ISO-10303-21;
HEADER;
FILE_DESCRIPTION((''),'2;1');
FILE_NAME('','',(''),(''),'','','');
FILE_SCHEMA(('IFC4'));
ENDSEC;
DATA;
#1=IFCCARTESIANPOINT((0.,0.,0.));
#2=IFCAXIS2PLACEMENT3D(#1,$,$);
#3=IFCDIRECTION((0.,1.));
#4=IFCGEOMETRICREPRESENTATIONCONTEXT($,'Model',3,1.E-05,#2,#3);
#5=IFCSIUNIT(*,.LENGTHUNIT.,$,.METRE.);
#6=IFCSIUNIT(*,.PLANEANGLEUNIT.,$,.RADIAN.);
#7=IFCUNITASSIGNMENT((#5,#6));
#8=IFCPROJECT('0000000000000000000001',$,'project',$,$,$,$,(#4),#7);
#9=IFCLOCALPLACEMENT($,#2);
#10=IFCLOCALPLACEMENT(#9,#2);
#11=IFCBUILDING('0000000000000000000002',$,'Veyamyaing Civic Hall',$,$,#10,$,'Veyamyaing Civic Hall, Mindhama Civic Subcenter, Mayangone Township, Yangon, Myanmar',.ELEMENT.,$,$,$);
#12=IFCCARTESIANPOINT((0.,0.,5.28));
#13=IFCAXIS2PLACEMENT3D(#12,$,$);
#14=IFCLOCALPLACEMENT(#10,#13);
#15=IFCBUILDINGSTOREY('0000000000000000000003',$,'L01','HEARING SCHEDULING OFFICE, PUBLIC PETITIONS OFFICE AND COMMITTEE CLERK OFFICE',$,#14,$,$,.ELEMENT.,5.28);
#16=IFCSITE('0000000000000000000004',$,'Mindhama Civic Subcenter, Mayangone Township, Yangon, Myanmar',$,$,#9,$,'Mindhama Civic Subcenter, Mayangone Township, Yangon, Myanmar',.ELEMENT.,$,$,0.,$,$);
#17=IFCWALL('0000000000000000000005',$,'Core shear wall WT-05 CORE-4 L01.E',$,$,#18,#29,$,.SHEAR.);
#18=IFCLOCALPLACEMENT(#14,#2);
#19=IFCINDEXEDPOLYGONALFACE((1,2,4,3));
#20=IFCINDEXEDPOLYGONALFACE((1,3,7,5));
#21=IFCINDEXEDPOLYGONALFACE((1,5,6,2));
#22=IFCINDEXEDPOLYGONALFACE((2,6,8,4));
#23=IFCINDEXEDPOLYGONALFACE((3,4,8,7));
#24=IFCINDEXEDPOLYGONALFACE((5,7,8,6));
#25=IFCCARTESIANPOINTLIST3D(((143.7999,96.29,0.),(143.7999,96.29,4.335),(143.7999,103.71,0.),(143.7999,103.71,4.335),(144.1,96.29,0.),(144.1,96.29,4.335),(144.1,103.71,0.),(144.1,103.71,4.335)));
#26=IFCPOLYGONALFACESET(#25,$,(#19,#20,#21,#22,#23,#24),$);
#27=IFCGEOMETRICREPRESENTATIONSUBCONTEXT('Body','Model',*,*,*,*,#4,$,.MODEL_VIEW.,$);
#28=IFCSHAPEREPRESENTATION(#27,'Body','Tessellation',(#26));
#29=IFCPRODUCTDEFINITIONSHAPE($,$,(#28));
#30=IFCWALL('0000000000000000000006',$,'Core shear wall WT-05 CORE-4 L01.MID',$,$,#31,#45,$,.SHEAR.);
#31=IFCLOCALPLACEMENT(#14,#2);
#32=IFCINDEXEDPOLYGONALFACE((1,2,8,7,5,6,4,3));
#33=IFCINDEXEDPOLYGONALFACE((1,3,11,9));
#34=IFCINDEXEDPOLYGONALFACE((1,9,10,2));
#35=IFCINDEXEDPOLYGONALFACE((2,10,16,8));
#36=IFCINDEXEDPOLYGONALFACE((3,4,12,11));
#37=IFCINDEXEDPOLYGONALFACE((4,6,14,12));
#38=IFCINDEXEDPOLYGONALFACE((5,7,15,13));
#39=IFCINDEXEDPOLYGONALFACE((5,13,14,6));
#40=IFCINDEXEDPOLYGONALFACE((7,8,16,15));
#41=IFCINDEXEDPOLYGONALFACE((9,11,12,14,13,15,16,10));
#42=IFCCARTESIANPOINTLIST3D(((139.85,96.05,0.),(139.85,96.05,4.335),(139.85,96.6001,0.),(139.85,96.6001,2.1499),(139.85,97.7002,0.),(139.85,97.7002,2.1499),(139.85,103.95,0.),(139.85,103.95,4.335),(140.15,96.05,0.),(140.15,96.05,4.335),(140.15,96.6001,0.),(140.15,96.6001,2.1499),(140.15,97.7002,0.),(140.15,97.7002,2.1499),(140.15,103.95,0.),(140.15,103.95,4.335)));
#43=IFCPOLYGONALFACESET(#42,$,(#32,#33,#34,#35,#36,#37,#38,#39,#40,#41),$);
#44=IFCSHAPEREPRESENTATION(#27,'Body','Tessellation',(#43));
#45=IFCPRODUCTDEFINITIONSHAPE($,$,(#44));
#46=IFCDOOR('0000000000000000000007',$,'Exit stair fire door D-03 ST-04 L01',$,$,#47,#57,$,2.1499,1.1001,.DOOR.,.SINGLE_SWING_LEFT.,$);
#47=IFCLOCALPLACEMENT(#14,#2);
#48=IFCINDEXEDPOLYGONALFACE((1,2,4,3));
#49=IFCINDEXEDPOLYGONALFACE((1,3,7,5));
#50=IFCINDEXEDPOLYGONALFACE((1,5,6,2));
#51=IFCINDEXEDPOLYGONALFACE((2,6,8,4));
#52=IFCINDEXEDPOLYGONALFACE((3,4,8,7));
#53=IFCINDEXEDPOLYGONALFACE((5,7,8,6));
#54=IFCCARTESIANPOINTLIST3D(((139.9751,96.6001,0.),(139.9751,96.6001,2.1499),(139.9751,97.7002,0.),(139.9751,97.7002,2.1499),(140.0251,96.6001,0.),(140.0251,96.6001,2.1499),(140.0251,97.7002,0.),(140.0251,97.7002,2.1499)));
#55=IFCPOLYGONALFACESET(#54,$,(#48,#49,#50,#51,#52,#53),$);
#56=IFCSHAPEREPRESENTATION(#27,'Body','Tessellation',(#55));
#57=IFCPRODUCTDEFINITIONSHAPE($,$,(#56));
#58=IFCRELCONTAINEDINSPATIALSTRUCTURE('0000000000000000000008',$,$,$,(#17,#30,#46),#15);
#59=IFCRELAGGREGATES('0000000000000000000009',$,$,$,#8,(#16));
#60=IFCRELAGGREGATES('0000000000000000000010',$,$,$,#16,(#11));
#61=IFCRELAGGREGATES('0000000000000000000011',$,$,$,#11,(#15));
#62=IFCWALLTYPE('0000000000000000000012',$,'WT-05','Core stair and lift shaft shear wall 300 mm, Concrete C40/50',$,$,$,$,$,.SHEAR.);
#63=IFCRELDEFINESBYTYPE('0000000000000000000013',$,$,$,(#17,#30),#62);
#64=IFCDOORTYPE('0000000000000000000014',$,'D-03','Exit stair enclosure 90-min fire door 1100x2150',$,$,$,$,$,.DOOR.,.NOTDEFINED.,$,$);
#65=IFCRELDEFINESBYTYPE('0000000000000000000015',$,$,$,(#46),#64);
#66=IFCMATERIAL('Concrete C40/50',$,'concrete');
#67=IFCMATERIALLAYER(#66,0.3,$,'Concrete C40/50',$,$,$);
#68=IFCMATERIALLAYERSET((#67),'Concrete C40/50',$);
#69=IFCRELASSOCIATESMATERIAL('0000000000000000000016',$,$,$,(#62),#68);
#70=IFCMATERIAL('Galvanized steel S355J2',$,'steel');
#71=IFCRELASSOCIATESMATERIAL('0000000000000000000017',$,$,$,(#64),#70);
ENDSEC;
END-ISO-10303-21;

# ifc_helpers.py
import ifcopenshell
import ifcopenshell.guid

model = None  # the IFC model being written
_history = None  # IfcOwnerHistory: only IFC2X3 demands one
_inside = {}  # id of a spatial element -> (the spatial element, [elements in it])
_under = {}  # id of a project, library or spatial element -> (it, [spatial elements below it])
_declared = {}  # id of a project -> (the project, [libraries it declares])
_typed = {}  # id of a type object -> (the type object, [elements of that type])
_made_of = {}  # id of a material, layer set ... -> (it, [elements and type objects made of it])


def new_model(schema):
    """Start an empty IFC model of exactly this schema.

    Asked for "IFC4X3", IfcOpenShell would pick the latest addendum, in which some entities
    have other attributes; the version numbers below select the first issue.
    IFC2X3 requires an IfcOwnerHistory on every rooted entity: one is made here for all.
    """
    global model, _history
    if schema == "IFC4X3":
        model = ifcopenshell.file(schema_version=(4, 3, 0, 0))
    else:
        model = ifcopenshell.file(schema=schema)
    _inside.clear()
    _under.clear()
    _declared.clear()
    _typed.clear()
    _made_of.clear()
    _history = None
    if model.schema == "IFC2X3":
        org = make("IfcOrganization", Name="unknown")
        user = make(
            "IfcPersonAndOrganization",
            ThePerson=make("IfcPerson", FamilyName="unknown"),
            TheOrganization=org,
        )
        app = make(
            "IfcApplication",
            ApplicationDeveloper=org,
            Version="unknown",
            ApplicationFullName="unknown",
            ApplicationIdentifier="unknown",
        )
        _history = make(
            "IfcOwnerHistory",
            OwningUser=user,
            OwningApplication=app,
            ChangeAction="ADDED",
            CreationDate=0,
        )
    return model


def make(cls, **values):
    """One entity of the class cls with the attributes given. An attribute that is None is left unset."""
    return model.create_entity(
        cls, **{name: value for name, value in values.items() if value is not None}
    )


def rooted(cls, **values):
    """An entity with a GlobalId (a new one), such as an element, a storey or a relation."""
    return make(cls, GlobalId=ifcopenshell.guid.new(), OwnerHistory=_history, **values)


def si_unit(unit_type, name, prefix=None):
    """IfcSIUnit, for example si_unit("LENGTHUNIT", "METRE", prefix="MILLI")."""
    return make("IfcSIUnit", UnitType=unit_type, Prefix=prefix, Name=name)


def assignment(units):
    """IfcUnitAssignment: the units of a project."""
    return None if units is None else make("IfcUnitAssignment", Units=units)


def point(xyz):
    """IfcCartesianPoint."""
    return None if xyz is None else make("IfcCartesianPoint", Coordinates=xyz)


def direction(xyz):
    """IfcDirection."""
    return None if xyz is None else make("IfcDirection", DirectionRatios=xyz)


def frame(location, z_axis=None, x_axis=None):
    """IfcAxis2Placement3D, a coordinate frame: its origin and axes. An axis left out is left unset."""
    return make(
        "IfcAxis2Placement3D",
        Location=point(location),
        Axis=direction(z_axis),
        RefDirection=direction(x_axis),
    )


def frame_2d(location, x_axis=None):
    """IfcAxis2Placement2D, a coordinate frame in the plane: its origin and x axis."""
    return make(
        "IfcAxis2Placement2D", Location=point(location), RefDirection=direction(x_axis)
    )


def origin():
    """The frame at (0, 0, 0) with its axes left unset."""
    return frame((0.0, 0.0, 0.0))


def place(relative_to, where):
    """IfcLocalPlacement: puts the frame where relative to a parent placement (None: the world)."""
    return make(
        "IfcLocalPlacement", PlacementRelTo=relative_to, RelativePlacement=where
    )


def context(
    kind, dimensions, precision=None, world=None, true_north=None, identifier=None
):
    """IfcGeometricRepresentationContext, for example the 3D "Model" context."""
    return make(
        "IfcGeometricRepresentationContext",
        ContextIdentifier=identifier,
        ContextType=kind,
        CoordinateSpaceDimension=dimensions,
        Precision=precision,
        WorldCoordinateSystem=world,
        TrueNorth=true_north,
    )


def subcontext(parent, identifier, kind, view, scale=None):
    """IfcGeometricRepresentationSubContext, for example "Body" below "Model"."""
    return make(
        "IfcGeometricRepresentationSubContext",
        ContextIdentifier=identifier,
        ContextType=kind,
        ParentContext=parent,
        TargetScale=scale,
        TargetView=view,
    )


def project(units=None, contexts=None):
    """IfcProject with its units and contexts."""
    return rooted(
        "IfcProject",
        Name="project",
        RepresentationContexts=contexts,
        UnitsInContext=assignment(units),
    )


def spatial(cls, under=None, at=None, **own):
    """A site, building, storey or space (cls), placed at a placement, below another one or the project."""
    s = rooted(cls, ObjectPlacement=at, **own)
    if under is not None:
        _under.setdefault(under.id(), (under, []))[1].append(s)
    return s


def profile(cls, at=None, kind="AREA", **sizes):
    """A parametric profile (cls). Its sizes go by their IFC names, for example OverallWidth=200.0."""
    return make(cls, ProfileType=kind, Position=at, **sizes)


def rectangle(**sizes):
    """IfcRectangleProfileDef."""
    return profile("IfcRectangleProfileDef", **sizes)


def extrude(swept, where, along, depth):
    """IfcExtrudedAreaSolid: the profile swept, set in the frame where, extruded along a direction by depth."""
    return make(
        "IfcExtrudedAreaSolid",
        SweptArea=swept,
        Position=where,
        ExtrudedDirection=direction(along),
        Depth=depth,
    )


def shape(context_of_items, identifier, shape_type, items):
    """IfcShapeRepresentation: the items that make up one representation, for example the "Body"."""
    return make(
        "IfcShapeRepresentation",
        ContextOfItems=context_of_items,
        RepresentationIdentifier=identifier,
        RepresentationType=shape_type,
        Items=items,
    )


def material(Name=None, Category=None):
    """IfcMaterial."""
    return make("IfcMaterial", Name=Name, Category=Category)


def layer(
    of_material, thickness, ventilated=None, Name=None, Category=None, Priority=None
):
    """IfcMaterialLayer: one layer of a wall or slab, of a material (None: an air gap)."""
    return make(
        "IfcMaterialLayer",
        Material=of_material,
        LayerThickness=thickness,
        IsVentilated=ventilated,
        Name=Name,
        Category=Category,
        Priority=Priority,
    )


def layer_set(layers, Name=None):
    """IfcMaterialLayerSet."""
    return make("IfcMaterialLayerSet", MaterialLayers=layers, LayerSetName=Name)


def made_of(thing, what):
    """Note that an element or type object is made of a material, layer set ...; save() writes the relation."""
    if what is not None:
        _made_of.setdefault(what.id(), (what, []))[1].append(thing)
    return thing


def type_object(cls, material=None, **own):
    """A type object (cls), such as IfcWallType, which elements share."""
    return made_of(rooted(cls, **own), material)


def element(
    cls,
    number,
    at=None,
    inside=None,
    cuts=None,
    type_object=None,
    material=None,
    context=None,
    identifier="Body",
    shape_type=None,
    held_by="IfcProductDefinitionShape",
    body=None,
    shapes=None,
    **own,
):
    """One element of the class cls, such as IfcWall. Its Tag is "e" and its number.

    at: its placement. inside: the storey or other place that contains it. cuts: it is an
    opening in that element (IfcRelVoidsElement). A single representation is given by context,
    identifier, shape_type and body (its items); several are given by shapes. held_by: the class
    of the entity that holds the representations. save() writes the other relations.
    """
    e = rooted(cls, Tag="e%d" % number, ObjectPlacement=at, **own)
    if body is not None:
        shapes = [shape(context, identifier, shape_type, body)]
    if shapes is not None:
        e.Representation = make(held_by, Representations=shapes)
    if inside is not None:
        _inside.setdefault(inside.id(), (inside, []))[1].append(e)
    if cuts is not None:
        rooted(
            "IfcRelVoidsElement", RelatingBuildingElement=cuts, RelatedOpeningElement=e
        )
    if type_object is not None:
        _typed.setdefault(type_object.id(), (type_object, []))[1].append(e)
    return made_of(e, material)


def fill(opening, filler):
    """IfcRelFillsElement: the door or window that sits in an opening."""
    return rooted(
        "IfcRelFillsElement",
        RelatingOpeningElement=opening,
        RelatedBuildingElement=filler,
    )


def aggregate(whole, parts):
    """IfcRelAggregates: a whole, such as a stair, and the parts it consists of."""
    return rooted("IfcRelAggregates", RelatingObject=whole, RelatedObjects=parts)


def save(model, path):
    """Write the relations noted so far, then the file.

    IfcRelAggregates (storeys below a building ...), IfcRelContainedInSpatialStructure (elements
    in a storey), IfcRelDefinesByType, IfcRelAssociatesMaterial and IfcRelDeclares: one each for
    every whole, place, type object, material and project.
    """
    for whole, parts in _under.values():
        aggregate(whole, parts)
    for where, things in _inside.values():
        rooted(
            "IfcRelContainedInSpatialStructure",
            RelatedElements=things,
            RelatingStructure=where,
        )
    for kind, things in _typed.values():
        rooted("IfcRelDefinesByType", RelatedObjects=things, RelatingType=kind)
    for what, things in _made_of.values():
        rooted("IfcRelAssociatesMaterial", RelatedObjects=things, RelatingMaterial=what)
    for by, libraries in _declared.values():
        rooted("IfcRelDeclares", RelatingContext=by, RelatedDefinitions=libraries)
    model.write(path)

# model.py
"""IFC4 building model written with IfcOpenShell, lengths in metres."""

from ifc_helpers import new_model, si_unit, direction, frame, frame_2d, origin, place, context, subcontext, project, spatial, rectangle, extrude, material, layer, layer_set, type_object, element, fill, save


model = new_model("IFC4")

# Units and contexts
model_context = context("Model", 3, precision=1e-05, world=origin(), true_north=direction((0.0, 1.0)))
body_context = subcontext(model_context, "Body", "Model", "MODEL_VIEW")
ifc_project = project(units=[si_unit("LENGTHUNIT", "METRE"), si_unit("PLANEANGLEUNIT", "RADIAN")], contexts=[model_context])

# Site, building, storey
site_placement = place(None, origin())
site = spatial("IfcSite", under=ifc_project, at=site_placement, Name="Mindhama Civic Subcenter, Mayangone Township, Yangon, Myanmar", LongName="Mindhama Civic Subcenter, Mayangone Township, Yangon, Myanmar", CompositionType="ELEMENT", RefElevation=0.0)
building_placement = place(site_placement, origin())
building = spatial("IfcBuilding", under=site, at=building_placement, Name="Veyamyaing Civic Hall", LongName="Veyamyaing Civic Hall, Mindhama Civic Subcenter, Mayangone Township, Yangon, Myanmar", CompositionType="ELEMENT")
storey_placement = place(building_placement, frame((0.0, 0.0, 5.28)))
storey = spatial("IfcBuildingStorey", under=building, at=storey_placement, Name="L01", Description="HEARING SCHEDULING OFFICE, PUBLIC PETITIONS OFFICE AND COMMITTEE CLERK OFFICE", CompositionType="ELEMENT", Elevation=5.28)

# Wall
ifc_material_1 = material(Name="Concrete C40/50", Category="concrete")
ifc_layer_1 = layer(ifc_material_1, 0.3, Name="Concrete C40/50")
ifc_layer_set_1 = layer_set([ifc_layer_1], Name="Concrete C40/50")
wall_type_1 = type_object("IfcWallType", Name="WT-05", Description="Core stair and lift shaft shear wall 300 mm, Concrete C40/50", PredefinedType="SHEAR", material=ifc_layer_set_1)
wall_1_placement = place(storey_placement, frame((143.95, 96.29, 0.0), z_axis=(0.0, 0.0, 1.0), x_axis=(0.0, 1.0, 0.0)))
element("IfcWall", 1, at=wall_1_placement, inside=storey, type_object=wall_type_1, Name="Core shear wall WT-05 CORE-4 L01.E", PredefinedType="SHEAR", context=body_context, shape_type="SweptSolid", body=[
    extrude(rectangle(XDim=7.4199, YDim=0.3, at=frame_2d((3.71, 0.0))), origin(), (0.0, 0.0, 1.0), 4.335),
])

# Wall, opening, door
wall_2_placement = place(storey_placement, frame((140.0, 96.05, 0.0), z_axis=(0.0, 0.0, 1.0), x_axis=(0.0, 1.0, 0.0)))
wall_2 = element("IfcWall", 2, at=wall_2_placement, inside=storey, type_object=wall_type_1, Name="Core shear wall WT-05 CORE-4 L01.MID", PredefinedType="SHEAR", context=body_context, shape_type="SweptSolid", body=[
    extrude(rectangle(XDim=7.8999, YDim=0.3, at=frame_2d((3.95, 0.0))), origin(), (0.0, 0.0, 1.0), 4.335),
])
opening_1_placement = place(wall_2_placement, frame((0.55, 0.0, 0.0)))
opening_1 = element("IfcOpeningElement", 3, at=opening_1_placement, cuts=wall_2, PredefinedType="OPENING", context=body_context, shape_type="SweptSolid", body=[
    extrude(rectangle(XDim=1.1001, YDim=2.1499, at=frame_2d((0.55, 1.075))), frame((0.0, 0.1599, 0.0), z_axis=(0.0, -1.0, 0.0), x_axis=(1.0, 0.0, 0.0)), (0.0, 0.0, 1.0), 0.3201),
])
ifc_material_2 = material(Name="Galvanized steel S355J2", Category="steel")
door_type_1 = type_object("IfcDoorType", Name="D-03", Description="Exit stair enclosure 90-min fire door 1100x2150", OperationType="NOTDEFINED", PredefinedType="DOOR", material=ifc_material_2)
door_1_placement = place(opening_1_placement, origin())
door_1 = element("IfcDoor", 4, at=door_1_placement, inside=storey, type_object=door_type_1, Name="Exit stair fire door D-03 ST-04 L01", OperationType="SINGLE_SWING_LEFT", OverallHeight=2.1499, OverallWidth=1.1001, PredefinedType="DOOR", context=body_context, shape_type="SweptSolid", body=[
    extrude(rectangle(XDim=1.1001, YDim=2.1499, at=frame_2d((0.55, 1.075))), frame((0.0, 0.0249, 0.0), z_axis=(0.0, -1.0, 0.0), x_axis=(1.0, 0.0, 0.0)), (0.0, 0.0, 1.0), 0.05),
])
fill(opening_1, door_1)

save(model, "model.ifc")
